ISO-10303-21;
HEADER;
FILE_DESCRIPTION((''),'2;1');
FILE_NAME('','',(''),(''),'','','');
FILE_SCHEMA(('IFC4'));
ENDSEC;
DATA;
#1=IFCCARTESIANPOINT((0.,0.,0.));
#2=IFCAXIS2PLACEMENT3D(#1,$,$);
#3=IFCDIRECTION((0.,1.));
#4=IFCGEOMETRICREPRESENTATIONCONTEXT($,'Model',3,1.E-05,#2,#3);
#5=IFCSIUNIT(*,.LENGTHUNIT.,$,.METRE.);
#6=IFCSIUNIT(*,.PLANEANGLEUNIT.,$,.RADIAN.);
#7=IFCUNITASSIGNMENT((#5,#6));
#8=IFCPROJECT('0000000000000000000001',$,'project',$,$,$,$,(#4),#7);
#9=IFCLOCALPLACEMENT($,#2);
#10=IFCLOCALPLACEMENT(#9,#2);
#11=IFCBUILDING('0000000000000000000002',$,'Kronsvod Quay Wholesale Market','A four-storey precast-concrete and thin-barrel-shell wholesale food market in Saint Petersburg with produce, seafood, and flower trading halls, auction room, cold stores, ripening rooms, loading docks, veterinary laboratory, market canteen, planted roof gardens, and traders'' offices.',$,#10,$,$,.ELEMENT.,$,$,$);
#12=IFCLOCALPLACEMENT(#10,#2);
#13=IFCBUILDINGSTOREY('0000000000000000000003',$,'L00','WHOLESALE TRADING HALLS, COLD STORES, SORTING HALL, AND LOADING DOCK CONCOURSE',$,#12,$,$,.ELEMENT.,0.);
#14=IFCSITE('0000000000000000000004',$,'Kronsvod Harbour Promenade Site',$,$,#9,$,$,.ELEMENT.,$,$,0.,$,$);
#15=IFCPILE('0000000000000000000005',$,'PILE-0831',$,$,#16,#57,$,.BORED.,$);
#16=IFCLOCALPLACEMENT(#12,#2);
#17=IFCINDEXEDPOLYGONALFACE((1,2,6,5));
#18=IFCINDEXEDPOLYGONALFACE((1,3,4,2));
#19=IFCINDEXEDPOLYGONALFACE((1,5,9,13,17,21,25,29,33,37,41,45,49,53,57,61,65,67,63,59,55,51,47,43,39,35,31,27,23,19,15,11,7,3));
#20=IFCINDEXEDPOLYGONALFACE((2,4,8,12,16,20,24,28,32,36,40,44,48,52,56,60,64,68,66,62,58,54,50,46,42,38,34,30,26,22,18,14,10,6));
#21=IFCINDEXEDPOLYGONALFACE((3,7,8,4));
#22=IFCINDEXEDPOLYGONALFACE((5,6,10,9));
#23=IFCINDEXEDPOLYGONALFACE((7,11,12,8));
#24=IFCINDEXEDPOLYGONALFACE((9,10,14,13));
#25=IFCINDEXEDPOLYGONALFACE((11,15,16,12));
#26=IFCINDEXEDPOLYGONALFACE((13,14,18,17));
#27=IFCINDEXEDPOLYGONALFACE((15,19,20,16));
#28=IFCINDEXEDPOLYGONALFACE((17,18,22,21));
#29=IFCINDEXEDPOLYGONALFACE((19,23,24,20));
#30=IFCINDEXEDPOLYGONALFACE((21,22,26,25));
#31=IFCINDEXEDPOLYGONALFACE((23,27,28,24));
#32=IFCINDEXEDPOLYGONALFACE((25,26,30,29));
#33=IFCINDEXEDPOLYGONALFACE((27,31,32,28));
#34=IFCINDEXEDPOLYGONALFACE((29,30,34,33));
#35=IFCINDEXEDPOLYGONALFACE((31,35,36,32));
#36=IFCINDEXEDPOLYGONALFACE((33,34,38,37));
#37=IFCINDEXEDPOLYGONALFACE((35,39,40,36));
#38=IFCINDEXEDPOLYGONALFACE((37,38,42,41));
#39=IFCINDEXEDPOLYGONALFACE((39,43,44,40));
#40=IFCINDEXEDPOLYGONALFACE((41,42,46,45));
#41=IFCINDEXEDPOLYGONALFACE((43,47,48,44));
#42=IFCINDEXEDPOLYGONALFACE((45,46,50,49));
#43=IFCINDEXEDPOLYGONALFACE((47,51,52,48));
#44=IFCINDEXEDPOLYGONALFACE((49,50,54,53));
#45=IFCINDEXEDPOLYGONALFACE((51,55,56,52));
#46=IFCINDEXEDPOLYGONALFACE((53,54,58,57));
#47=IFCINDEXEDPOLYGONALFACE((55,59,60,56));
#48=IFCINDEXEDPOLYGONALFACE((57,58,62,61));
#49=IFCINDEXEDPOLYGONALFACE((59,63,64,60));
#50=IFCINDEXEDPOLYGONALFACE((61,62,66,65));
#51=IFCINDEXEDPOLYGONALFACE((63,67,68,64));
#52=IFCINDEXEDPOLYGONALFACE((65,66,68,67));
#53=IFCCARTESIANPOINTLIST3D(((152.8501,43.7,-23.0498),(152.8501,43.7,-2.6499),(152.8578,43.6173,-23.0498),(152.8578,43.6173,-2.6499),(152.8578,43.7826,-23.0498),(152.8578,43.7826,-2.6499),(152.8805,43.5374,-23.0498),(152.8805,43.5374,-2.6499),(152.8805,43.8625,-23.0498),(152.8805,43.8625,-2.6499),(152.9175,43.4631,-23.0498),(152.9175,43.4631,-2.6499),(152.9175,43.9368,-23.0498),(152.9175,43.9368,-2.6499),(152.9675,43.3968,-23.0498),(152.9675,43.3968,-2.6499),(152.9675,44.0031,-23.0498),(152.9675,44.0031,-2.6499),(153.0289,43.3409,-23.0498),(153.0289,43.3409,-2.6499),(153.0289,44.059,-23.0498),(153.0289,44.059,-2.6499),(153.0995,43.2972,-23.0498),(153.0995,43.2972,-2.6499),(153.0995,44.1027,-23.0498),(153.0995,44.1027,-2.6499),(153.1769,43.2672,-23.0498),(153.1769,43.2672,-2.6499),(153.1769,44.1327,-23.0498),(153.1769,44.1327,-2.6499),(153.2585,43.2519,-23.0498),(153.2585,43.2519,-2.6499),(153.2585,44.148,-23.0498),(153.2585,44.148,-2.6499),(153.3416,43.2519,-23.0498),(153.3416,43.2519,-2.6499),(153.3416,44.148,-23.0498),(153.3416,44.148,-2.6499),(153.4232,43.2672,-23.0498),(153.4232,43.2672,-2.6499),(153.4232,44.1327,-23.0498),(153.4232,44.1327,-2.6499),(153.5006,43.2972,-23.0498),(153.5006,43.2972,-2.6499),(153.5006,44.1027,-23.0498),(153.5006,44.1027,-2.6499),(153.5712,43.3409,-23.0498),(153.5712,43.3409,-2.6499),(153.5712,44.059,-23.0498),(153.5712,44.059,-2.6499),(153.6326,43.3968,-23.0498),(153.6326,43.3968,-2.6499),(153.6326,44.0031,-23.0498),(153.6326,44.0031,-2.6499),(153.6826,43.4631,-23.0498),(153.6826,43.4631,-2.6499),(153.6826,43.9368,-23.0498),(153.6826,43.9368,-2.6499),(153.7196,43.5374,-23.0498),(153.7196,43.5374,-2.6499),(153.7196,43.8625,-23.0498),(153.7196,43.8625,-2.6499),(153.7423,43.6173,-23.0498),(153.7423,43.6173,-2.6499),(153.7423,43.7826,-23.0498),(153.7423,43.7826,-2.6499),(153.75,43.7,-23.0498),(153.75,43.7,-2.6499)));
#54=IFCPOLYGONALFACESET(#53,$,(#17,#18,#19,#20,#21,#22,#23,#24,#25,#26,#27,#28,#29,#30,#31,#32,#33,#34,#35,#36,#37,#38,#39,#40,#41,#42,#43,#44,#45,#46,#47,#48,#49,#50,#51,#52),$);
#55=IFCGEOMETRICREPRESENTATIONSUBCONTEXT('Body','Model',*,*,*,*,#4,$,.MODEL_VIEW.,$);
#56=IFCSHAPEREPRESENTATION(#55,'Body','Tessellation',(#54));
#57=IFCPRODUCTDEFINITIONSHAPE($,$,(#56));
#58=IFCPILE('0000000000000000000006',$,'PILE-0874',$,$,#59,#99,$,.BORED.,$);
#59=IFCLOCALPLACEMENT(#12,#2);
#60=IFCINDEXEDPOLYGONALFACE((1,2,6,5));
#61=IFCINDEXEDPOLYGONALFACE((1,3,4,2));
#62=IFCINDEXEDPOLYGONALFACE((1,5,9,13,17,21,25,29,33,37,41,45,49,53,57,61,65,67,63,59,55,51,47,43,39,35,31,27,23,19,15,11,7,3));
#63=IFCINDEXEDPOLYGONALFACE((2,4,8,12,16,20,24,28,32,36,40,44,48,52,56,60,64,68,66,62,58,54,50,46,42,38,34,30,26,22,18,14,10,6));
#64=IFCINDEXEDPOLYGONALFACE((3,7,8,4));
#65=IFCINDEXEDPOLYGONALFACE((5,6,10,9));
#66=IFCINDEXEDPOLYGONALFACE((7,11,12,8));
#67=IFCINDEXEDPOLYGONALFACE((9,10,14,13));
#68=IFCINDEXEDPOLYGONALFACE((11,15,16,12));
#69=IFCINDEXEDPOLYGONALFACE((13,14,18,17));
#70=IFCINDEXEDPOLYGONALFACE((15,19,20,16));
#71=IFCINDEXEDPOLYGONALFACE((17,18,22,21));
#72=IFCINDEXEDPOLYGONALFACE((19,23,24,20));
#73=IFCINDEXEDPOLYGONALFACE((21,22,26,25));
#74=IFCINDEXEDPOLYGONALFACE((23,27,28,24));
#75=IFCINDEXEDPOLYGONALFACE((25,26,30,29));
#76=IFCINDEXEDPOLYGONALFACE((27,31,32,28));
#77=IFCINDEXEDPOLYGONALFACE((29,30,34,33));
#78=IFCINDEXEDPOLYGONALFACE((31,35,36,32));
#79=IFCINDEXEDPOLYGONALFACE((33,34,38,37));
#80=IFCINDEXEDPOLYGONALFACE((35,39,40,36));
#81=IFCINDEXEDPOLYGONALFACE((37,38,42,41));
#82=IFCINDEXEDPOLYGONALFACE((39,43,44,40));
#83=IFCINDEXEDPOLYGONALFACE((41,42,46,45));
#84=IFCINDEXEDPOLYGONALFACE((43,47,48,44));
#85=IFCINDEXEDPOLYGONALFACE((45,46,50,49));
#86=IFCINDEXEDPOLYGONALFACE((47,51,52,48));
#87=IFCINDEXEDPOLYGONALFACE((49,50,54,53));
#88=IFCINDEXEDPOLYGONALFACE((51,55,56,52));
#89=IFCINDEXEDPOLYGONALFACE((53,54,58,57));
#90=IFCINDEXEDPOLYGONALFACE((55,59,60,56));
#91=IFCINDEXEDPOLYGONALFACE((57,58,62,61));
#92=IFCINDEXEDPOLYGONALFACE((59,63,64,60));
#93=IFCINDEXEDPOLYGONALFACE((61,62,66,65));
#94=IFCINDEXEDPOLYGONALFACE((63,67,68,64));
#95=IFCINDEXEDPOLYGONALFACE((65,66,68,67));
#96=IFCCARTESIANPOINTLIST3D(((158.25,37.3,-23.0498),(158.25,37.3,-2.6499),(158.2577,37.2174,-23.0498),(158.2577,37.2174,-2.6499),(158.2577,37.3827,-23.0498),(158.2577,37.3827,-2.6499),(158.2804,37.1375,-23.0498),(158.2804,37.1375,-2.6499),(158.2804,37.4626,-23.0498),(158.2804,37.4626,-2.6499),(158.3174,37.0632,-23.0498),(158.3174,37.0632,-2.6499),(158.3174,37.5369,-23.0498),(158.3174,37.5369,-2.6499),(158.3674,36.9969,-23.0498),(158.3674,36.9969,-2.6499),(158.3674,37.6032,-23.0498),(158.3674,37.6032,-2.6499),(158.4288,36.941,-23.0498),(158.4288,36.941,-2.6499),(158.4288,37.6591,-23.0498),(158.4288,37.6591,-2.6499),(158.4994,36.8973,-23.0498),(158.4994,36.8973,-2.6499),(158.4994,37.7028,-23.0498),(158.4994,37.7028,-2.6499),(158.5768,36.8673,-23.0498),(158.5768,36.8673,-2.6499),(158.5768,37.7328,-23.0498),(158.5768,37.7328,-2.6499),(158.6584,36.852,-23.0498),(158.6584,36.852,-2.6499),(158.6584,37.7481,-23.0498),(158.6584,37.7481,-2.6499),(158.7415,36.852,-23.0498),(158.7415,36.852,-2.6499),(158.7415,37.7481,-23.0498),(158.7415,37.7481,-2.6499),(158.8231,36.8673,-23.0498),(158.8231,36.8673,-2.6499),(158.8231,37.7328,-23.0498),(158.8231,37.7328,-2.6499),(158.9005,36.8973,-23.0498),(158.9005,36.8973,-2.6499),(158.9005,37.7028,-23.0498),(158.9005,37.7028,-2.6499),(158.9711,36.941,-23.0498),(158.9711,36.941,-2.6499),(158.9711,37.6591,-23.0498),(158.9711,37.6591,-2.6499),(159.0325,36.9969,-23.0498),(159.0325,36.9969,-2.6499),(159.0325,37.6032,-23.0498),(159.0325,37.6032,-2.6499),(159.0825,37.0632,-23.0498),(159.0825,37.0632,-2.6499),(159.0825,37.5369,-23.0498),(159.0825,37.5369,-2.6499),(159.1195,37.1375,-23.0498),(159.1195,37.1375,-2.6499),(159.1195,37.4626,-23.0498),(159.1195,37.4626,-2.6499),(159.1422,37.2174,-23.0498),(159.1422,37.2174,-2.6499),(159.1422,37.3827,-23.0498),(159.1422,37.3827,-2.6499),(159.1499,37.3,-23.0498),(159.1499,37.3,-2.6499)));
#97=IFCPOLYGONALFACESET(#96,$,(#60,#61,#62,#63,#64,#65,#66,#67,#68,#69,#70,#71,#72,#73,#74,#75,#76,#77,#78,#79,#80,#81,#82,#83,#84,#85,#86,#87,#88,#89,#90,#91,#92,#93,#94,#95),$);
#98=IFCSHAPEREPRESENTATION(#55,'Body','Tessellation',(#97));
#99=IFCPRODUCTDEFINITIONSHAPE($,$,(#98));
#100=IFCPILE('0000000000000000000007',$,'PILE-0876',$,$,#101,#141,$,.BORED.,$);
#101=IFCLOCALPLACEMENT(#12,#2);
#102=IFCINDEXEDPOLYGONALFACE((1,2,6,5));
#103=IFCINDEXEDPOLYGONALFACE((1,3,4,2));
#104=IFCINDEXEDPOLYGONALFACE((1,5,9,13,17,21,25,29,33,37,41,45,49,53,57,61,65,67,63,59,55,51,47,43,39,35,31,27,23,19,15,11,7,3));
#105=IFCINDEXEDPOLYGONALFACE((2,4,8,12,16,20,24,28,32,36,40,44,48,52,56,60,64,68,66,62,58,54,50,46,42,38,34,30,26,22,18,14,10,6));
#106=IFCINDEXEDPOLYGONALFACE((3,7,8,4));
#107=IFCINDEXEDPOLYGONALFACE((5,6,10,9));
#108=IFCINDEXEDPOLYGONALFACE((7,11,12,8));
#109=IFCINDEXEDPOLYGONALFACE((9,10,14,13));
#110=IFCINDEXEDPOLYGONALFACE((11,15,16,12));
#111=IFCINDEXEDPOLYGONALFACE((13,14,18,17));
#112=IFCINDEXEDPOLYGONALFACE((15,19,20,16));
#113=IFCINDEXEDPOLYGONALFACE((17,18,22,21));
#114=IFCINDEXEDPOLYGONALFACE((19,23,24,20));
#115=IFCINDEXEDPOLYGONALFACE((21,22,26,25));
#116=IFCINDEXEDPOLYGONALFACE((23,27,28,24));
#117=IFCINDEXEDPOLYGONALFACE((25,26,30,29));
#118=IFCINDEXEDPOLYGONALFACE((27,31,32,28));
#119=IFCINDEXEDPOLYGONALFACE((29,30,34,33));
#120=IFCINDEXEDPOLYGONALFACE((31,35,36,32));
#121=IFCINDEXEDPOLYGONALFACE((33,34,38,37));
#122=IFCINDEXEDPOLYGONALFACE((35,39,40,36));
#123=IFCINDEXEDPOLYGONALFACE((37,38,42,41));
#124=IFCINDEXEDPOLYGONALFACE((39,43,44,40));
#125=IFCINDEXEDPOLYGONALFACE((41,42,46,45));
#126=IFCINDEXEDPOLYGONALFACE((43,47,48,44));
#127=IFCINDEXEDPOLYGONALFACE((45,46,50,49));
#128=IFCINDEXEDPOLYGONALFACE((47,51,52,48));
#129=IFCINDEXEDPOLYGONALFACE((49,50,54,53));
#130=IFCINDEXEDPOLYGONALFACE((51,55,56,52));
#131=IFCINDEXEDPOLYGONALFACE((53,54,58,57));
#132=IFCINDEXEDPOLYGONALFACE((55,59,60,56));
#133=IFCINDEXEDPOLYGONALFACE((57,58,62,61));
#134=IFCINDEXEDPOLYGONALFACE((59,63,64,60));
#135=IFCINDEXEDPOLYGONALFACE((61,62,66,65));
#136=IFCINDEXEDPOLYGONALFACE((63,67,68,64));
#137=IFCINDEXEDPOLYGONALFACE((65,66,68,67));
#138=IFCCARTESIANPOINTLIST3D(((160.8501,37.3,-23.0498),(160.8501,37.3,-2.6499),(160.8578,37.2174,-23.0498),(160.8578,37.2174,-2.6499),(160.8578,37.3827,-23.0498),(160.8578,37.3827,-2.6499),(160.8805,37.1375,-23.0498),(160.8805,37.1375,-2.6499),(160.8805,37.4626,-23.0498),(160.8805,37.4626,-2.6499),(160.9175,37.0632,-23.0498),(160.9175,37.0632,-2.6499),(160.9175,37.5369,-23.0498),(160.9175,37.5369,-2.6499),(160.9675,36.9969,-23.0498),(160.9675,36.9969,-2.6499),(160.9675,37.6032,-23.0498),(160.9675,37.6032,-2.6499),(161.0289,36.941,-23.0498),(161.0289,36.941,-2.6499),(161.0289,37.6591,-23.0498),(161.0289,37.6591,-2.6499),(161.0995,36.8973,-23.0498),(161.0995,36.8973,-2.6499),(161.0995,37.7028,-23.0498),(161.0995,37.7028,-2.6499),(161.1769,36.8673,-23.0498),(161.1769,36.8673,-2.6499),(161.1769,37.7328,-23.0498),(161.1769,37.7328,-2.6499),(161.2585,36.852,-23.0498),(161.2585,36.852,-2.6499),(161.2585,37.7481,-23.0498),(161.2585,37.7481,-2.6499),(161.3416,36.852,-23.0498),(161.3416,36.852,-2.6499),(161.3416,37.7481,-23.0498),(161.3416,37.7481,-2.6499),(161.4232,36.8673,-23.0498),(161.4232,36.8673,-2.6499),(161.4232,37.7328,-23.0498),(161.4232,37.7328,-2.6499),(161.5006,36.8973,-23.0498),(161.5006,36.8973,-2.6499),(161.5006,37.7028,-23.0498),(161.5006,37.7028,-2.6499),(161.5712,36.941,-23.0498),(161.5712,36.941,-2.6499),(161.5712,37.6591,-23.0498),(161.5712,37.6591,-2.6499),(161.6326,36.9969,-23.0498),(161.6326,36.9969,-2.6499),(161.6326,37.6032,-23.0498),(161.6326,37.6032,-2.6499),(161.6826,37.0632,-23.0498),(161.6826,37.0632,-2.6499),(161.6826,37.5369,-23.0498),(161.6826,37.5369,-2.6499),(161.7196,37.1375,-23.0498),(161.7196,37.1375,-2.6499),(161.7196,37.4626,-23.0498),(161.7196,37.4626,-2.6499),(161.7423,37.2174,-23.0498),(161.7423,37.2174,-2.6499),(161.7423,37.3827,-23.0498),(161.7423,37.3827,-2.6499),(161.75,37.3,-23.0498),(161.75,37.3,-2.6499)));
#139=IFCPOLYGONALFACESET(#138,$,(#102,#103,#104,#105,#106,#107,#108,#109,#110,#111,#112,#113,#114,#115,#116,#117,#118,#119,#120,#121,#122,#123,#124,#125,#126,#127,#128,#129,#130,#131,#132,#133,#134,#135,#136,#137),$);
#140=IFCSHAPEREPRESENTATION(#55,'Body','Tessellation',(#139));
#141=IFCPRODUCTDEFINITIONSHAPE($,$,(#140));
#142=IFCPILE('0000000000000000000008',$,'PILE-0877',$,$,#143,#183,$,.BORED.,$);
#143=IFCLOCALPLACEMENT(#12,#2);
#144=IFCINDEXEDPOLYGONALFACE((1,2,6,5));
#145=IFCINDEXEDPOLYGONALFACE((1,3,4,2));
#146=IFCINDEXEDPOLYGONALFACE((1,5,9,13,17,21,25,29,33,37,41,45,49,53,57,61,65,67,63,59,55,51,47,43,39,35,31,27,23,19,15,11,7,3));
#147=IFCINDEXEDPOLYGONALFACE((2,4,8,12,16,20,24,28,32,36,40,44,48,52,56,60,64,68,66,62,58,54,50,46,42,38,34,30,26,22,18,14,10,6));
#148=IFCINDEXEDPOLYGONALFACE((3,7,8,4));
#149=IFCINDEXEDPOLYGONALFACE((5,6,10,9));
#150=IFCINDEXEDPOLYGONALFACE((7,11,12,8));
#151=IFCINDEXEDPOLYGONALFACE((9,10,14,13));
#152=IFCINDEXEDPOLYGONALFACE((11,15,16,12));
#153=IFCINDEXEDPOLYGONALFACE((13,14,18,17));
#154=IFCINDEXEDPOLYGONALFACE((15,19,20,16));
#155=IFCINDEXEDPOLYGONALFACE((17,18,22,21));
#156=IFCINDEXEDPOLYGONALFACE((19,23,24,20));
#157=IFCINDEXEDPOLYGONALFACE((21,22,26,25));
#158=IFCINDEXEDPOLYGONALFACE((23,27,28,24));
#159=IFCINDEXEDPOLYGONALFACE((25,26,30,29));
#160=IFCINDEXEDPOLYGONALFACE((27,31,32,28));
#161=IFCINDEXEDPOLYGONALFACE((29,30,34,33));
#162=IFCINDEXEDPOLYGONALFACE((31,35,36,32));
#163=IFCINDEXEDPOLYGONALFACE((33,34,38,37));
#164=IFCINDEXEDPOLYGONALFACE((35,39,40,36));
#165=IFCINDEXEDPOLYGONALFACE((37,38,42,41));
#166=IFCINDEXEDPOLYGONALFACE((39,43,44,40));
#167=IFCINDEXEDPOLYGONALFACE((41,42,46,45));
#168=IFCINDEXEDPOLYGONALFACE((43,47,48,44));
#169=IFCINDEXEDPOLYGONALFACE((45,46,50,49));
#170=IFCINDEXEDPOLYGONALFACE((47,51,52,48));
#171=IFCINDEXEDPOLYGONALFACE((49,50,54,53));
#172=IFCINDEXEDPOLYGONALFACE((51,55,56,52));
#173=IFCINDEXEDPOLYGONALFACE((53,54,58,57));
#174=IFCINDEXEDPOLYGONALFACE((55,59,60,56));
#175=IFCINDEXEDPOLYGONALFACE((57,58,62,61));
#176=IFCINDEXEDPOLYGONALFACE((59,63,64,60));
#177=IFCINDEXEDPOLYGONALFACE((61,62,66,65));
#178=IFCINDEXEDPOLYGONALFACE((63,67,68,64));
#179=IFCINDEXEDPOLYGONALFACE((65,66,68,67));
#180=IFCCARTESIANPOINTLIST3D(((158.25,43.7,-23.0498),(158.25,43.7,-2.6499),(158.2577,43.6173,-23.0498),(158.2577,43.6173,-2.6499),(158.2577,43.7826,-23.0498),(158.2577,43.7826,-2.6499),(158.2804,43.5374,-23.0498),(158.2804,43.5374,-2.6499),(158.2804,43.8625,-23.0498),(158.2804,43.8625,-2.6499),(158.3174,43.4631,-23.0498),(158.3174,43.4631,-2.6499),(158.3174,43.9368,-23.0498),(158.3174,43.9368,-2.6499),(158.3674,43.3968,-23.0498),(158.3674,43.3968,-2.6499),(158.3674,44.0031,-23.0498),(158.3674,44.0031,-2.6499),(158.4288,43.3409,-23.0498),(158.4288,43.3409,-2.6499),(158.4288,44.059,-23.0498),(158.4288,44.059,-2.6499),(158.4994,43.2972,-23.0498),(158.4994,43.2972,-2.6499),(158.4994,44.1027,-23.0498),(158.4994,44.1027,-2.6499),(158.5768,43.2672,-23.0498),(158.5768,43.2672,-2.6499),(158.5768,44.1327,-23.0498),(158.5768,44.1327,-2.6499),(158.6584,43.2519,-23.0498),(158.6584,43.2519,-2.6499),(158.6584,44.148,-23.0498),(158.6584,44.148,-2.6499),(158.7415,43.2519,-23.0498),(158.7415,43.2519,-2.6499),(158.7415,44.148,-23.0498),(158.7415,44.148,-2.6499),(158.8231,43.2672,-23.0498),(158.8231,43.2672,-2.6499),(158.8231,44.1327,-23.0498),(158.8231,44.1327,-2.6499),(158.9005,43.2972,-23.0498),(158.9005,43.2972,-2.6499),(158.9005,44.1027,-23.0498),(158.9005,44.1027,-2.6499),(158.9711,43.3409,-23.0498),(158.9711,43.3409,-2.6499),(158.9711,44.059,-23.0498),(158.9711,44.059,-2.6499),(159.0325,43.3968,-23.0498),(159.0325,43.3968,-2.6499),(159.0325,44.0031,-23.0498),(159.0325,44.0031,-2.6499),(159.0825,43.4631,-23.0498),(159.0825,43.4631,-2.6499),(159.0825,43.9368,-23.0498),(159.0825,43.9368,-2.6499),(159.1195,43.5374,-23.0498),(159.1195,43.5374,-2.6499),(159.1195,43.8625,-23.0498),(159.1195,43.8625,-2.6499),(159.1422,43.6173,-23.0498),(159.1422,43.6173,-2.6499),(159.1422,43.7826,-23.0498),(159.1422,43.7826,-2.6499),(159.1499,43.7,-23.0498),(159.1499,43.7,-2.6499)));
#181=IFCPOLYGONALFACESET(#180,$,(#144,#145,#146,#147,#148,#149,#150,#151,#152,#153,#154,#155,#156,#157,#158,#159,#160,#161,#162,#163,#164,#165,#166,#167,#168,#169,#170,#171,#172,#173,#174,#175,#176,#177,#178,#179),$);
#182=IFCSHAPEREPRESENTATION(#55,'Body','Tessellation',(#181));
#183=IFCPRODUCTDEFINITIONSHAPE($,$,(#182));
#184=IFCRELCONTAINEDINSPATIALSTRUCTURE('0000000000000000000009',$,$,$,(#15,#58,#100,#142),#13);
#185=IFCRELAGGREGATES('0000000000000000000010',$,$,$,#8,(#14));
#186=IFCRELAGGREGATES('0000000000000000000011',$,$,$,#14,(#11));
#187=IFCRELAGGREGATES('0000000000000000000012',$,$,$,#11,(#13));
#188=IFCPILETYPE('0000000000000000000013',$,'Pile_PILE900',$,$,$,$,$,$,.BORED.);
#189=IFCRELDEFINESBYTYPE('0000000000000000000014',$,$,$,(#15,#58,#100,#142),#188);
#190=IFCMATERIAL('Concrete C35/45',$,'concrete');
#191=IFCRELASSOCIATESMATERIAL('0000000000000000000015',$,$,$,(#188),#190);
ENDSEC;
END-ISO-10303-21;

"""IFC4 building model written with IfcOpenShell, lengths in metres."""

from ifc_helpers import new_model, si_unit, direction, frame, origin, origin_2d, place, context, subcontext, project, spatial, circle, extrude, material, material_profile, profile_set, type_object, element, save


model = new_model("IFC4")

# Units and contexts
model_context = context("Model", 3, precision=1e-05, world=origin(), true_north=direction((0.0, 1.0)))
body_context = subcontext(model_context, "Body", "Model", "MODEL_VIEW")
ifc_project = project(units=[si_unit("LENGTHUNIT", "METRE"), si_unit("PLANEANGLEUNIT", "RADIAN")], contexts=[model_context])

# Site, building, storey
site_placement = place(None, origin())
site = spatial("IfcSite", under=ifc_project, at=site_placement, Name="Kronsvod Harbour Promenade Site", CompositionType="ELEMENT", RefElevation=0.0)
building_placement = place(site_placement, origin())
building = spatial("IfcBuilding", under=site, at=building_placement, Name="Kronsvod Quay Wholesale Market", Description="A four-storey precast-concrete and thin-barrel-shell wholesale food market in Saint Petersburg with produce, seafood, and flower trading halls, auction room, cold stores, ripening rooms, loading docks, veterinary laboratory, market canteen, planted roof gardens, and traders' offices.", CompositionType="ELEMENT")
storey_placement = place(building_placement, origin())
storey = spatial("IfcBuildingStorey", under=building, at=storey_placement, Name="L00", Description="WHOLESALE TRADING HALLS, COLD STORES, SORTING HALL, AND LOADING DOCK CONCOURSE", CompositionType="ELEMENT", Elevation=0.0)

# Piles
ifc_material_1 = material(Name="Concrete C35/45", Category="concrete")
ifc_material_profile_1 = material_profile(ifc_material_1, circle(Radius=0.45, at=origin_2d()), Name="PILE900")
ifc_profile_set_1 = profile_set([ifc_material_profile_1], Name="Concrete C35/45")
pile_type = type_object("IfcPileType", Name="Pile_PILE900", PredefinedType="BORED", material=ifc_profile_set_1)
for number, where, z_axis, x_axis, name in (
    (1, (153.3, 43.7, -2.6499), (0.0, 0.0, -1.0), (1.0, 0.0, 0.0), "PILE-0831"),
    (2, (158.7, 37.3, -2.6499), (0.0, 0.0, -1.0), (1.0, 0.0, 0.0), "PILE-0874"),
    (3, (161.3, 37.3, -2.6499), (0.0, 0.0, -1.0), (1.0, 0.0, 0.0), "PILE-0876"),
    (4, (158.7, 43.7, -2.6499), (0.0, 0.0, -1.0), (1.0, 0.0, 0.0), "PILE-0877"),
):
    element("IfcPile", number, at=place(storey_placement, frame(where, z_axis=z_axis, x_axis=x_axis)), inside=storey, type_object=pile_type, Name=name, PredefinedType="BORED", context=body_context, shape_type="SweptSolid", body=[
        extrude(circle(Radius=0.45, at=origin_2d()), origin(), (0.0, 0.0, 1.0), 20.3999),
    ])

save(model, "model.ifc")
